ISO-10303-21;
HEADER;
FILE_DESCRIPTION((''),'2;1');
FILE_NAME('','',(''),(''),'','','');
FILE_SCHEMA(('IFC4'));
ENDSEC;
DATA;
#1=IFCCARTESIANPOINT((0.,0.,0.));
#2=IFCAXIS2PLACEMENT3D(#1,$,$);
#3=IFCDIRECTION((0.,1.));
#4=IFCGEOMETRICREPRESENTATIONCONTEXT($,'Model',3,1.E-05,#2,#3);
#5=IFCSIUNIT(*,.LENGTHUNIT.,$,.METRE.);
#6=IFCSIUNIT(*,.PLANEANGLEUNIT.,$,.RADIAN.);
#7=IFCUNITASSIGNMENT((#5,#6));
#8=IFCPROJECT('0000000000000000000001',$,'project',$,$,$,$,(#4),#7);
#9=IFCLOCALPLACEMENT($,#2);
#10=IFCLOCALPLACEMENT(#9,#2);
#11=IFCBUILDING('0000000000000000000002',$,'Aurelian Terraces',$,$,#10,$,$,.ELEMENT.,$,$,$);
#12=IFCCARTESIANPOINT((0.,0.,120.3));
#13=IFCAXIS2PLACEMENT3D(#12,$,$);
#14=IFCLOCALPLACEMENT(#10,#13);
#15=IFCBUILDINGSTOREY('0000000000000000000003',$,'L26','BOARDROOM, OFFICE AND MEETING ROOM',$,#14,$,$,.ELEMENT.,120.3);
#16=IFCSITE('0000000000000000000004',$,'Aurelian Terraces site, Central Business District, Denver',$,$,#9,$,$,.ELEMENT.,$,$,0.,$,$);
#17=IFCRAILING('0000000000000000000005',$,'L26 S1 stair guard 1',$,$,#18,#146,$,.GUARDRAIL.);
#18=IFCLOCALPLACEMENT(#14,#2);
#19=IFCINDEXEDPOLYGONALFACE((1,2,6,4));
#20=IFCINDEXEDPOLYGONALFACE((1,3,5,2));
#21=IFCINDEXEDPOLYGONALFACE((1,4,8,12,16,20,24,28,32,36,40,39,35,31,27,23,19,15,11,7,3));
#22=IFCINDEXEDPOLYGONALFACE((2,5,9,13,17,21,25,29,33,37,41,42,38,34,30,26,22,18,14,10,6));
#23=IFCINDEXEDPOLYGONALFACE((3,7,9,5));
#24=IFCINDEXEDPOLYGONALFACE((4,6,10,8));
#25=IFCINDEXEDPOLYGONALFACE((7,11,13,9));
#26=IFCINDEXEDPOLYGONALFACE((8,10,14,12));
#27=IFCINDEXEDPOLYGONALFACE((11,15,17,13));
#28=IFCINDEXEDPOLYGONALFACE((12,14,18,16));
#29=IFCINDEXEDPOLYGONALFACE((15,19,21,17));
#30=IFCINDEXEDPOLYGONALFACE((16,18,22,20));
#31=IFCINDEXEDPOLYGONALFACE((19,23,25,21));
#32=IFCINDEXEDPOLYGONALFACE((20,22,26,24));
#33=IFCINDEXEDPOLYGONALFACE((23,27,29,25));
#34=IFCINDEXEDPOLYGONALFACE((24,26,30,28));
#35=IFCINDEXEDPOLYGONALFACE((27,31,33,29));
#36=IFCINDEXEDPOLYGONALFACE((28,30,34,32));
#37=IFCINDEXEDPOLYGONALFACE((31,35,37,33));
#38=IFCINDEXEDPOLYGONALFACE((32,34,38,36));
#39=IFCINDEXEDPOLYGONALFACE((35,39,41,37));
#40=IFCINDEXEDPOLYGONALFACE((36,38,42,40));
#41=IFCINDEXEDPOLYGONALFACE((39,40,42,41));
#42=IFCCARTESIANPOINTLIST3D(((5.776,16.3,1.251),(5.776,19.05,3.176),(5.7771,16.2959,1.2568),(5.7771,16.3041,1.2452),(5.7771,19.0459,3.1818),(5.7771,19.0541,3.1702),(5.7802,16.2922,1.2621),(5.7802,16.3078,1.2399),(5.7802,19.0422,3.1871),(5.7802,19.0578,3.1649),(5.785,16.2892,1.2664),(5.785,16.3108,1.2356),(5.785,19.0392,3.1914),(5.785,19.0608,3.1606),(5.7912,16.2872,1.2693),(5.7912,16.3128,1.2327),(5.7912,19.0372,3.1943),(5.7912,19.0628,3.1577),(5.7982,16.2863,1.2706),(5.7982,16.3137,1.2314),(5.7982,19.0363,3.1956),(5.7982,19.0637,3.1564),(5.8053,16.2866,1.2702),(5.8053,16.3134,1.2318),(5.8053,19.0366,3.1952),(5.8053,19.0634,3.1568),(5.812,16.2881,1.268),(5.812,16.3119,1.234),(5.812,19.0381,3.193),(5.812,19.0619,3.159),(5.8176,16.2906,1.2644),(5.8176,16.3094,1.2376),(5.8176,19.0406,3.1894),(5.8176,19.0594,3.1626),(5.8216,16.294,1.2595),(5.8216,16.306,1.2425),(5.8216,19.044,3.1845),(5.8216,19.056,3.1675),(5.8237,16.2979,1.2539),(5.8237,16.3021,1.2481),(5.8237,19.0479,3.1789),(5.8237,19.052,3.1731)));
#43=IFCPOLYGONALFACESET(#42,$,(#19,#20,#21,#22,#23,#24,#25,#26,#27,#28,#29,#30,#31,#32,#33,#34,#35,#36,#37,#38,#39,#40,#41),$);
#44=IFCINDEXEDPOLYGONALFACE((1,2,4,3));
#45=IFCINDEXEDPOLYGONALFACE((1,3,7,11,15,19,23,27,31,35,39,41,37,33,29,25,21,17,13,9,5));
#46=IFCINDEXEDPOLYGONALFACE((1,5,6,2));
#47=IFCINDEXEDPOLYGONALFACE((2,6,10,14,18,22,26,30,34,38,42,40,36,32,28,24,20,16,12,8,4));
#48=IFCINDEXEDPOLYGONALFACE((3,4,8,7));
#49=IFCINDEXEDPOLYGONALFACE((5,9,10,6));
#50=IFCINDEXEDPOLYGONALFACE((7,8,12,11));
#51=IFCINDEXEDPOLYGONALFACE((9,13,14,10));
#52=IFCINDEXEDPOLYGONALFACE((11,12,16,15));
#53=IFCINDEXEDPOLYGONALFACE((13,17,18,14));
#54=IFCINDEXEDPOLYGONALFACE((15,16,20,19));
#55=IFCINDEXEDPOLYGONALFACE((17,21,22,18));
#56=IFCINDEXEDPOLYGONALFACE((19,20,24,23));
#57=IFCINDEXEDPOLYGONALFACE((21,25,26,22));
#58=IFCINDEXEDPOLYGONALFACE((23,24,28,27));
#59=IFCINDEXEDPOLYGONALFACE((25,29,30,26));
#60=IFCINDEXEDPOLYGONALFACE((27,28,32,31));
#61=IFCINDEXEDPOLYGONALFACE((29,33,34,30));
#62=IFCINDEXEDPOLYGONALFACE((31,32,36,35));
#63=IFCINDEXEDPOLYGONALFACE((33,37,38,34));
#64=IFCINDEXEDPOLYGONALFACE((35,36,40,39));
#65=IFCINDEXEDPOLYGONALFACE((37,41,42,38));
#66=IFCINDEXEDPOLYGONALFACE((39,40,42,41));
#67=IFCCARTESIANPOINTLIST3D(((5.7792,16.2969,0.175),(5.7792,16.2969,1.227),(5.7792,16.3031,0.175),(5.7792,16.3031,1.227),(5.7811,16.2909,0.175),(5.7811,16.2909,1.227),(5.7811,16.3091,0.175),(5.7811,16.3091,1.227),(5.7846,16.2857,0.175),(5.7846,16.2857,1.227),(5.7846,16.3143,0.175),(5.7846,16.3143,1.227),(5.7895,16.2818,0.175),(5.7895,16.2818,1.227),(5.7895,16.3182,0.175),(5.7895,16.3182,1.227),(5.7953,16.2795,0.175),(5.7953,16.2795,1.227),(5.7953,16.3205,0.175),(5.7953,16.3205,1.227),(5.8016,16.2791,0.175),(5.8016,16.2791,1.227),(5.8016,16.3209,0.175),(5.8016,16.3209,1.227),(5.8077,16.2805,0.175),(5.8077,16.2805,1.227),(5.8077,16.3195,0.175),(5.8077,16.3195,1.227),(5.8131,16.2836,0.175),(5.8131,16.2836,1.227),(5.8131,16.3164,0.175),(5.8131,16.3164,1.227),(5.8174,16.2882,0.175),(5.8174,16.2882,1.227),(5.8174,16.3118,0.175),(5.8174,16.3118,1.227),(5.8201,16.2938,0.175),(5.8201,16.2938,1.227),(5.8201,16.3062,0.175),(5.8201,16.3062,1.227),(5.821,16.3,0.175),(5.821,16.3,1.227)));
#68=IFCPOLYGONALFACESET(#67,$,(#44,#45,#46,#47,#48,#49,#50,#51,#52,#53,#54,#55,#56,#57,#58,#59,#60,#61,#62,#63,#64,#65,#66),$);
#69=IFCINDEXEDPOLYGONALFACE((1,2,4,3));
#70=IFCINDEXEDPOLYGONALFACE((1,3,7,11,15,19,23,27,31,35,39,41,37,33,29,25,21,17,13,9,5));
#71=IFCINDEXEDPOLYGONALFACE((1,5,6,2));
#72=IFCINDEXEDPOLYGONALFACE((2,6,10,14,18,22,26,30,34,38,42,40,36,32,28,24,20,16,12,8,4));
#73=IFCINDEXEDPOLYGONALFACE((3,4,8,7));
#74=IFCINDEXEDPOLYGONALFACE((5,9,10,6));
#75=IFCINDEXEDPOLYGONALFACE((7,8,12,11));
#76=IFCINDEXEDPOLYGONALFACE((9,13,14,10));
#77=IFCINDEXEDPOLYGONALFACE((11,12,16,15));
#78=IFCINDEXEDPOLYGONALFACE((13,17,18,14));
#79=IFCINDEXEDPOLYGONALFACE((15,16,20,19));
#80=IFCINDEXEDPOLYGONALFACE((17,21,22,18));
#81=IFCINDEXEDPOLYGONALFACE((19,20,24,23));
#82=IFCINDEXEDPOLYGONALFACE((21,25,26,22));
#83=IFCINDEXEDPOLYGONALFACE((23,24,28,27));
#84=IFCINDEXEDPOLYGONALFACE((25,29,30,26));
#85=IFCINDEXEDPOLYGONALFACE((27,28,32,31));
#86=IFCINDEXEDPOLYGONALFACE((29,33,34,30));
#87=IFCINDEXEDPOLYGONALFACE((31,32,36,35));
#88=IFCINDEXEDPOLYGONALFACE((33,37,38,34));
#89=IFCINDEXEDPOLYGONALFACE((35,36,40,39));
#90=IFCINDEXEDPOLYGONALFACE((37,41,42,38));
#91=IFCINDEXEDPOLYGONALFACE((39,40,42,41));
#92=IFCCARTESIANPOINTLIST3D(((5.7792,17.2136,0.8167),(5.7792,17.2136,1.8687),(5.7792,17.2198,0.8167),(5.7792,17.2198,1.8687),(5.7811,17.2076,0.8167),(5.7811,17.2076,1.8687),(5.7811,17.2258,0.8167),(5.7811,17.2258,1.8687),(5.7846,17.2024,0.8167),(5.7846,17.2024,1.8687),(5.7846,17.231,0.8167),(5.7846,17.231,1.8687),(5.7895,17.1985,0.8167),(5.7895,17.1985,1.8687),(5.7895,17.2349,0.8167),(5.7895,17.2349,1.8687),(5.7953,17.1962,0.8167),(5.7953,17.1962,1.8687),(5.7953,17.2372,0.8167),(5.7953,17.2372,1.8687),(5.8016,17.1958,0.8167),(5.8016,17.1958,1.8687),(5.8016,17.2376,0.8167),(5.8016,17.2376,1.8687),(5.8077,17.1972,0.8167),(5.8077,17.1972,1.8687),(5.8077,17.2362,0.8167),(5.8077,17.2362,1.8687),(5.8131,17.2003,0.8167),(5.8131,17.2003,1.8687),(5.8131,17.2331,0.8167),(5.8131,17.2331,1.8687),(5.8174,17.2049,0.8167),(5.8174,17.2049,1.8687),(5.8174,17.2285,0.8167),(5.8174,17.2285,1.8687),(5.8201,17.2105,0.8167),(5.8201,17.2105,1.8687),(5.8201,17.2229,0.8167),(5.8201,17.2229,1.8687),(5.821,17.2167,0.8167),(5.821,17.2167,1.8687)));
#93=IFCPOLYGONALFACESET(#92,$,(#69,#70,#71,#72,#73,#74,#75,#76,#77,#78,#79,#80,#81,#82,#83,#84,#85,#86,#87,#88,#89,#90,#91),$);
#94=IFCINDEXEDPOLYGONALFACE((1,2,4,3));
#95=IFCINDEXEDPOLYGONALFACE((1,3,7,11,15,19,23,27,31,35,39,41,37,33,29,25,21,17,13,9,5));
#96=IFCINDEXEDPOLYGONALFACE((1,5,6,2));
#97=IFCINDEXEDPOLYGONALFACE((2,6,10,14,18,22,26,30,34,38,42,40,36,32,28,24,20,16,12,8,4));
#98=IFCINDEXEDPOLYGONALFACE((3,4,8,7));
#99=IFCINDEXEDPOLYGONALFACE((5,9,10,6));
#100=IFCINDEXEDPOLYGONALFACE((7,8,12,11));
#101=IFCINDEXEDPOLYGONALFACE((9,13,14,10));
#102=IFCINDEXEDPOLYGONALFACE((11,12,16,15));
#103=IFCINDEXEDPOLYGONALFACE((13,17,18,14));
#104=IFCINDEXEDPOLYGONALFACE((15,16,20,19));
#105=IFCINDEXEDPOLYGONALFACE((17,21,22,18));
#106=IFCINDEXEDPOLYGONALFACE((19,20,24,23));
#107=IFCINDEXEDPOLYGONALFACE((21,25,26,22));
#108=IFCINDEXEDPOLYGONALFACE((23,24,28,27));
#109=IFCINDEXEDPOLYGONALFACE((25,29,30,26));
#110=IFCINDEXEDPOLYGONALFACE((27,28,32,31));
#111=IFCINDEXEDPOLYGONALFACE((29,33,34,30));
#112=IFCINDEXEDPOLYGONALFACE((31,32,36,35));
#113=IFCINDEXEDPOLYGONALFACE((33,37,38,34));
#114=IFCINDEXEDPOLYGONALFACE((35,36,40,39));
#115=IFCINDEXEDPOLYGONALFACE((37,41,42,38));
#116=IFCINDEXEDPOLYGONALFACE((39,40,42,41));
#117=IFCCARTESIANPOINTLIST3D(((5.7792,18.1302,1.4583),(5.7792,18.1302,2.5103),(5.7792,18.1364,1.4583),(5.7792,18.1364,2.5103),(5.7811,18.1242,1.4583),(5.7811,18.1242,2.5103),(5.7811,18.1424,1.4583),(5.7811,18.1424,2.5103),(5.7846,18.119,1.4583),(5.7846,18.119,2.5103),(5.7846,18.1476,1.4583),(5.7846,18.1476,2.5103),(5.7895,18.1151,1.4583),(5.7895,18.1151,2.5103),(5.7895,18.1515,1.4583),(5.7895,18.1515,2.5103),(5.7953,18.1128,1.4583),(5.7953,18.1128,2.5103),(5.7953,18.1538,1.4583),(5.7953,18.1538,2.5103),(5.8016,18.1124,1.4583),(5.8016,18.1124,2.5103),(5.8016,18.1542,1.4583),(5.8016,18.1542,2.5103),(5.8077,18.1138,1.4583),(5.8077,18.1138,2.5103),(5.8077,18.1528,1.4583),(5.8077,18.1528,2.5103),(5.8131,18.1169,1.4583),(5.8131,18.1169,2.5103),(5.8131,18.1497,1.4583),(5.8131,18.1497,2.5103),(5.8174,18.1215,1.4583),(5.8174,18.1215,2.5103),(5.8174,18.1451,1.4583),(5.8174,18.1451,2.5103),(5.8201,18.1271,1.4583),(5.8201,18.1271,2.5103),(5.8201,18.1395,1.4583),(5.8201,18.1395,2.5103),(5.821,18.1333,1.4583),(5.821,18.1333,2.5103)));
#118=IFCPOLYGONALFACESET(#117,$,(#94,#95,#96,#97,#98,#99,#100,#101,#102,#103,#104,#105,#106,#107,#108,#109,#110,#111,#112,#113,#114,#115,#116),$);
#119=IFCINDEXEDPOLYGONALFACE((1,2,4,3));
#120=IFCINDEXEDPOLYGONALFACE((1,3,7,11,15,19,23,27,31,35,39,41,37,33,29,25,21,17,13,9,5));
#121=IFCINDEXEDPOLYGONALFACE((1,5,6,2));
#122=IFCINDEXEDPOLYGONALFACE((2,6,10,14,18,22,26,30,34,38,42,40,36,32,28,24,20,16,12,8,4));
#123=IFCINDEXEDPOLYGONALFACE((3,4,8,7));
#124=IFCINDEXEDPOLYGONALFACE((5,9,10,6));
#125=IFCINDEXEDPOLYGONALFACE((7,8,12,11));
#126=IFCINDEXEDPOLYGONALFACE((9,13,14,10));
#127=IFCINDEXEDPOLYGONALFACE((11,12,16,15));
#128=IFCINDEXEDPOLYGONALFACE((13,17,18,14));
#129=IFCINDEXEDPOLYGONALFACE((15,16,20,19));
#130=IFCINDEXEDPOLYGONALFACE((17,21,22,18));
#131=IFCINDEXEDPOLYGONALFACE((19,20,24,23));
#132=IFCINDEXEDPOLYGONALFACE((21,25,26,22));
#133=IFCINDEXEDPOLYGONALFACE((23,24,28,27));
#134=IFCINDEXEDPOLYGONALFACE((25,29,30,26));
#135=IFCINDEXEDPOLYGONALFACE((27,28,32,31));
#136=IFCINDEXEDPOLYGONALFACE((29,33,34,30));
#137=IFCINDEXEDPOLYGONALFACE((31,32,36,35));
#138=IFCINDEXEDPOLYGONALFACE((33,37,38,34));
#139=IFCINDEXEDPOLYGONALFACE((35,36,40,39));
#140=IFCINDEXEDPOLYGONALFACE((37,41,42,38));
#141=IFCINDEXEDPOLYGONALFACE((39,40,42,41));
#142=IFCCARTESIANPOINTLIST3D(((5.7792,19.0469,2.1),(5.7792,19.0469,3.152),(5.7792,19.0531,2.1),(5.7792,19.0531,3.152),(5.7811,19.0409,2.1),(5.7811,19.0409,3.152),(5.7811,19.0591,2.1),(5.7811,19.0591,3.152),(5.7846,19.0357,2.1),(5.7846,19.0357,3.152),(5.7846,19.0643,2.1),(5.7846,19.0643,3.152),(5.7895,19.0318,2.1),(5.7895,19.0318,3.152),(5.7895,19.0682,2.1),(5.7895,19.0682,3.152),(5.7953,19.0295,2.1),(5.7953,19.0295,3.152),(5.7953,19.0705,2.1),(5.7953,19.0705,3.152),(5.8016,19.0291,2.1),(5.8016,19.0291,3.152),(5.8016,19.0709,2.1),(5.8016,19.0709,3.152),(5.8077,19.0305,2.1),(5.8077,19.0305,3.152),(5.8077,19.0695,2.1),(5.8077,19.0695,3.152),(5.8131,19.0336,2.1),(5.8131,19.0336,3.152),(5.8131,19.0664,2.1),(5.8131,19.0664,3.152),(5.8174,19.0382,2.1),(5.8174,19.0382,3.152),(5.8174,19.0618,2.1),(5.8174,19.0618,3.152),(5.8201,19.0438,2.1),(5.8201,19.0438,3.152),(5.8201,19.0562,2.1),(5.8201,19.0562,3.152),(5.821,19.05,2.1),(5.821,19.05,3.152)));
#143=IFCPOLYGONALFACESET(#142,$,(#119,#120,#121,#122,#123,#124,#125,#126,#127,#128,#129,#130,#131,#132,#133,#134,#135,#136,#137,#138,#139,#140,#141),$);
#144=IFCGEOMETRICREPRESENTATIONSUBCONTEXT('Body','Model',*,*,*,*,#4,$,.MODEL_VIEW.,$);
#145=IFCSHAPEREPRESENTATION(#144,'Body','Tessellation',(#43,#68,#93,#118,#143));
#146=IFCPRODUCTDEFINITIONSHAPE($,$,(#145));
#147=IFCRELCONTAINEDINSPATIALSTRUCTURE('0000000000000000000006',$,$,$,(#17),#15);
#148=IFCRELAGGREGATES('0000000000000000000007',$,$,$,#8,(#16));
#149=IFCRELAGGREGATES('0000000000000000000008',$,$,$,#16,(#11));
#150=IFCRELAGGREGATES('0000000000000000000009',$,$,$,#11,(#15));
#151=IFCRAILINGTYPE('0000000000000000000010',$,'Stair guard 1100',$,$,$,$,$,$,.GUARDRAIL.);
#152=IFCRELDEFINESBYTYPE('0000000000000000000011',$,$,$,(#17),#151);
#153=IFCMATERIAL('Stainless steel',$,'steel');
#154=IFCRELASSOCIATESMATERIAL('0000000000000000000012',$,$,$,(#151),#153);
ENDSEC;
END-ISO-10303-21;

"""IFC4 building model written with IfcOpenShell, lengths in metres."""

from ifc_helpers import new_model, si_unit, direction, frame, origin, origin_2d, place, context, subcontext, project, spatial, circle, extrude, source, transform, mapped, material, type_object, element, save


model = new_model("IFC4")

# Units and contexts
model_context = context("Model", 3, precision=1e-05, world=origin(), true_north=direction((0.0, 1.0)))
body_context = subcontext(model_context, "Body", "Model", "MODEL_VIEW")
ifc_project = project(units=[si_unit("LENGTHUNIT", "METRE"), si_unit("PLANEANGLEUNIT", "RADIAN")], contexts=[model_context])

# Site, building, storey
site_placement = place(None, origin())
site = spatial("IfcSite", under=ifc_project, at=site_placement, Name="Aurelian Terraces site, Central Business District, Denver", CompositionType="ELEMENT", RefElevation=0.0)
building_placement = place(site_placement, origin())
building = spatial("IfcBuilding", under=site, at=building_placement, Name="Aurelian Terraces", CompositionType="ELEMENT")
storey_placement = place(building_placement, frame((0.0, 0.0, 120.3)))
storey = spatial("IfcBuildingStorey", under=building, at=storey_placement, Name="L26", Description="BOARDROOM, OFFICE AND MEETING ROOM", CompositionType="ELEMENT", Elevation=120.3)

# Shared definitions
ifc_material_1 = material(Name="Stainless steel", Category="steel")

# Railing
railing_type_1 = type_object("IfcRailingType", Name="Stair guard 1100", PredefinedType="GUARDRAIL", material=ifc_material_1)
shared_shape_1 = source(origin(), body_context, "Body", "SweptSolid", [
    extrude(circle(Radius=0.024, at=origin_2d()), frame((0.0, 0.0, 1.076), z_axis=(0.0, 0.819232, 0.573462), x_axis=(-1.0, 0.0, 0.0)), (0.0, 0.0, 1.0), 3.3568),
    extrude(circle(Radius=0.021, at=origin_2d()), origin(), (0.0, 0.0, 1.0), 1.052),
    extrude(circle(Radius=0.021, at=origin_2d()), frame((0.0, 0.9167, 0.6417)), (0.0, 0.0, 1.0), 1.052),
    extrude(circle(Radius=0.021, at=origin_2d()), frame((0.0, 1.8333, 1.2833)), (0.0, 0.0, 1.0), 1.052),
    extrude(circle(Radius=0.021, at=origin_2d()), frame((0.0, 2.75, 1.925)), (0.0, 0.0, 1.0), 1.052),
])
railing_1_placement = place(storey_placement, frame((5.8, 16.3, 0.175)))
element("IfcRailing", 1, at=railing_1_placement, inside=storey, type_object=railing_type_1, Name="L26 S1 stair guard 1", PredefinedType="GUARDRAIL", context=body_context, shape_type="MappedRepresentation", body=[
    mapped(shared_shape_1, transform((0.0, 0.0, 0.0), scale=1.0)),
])

save(model, "model.ifc")
